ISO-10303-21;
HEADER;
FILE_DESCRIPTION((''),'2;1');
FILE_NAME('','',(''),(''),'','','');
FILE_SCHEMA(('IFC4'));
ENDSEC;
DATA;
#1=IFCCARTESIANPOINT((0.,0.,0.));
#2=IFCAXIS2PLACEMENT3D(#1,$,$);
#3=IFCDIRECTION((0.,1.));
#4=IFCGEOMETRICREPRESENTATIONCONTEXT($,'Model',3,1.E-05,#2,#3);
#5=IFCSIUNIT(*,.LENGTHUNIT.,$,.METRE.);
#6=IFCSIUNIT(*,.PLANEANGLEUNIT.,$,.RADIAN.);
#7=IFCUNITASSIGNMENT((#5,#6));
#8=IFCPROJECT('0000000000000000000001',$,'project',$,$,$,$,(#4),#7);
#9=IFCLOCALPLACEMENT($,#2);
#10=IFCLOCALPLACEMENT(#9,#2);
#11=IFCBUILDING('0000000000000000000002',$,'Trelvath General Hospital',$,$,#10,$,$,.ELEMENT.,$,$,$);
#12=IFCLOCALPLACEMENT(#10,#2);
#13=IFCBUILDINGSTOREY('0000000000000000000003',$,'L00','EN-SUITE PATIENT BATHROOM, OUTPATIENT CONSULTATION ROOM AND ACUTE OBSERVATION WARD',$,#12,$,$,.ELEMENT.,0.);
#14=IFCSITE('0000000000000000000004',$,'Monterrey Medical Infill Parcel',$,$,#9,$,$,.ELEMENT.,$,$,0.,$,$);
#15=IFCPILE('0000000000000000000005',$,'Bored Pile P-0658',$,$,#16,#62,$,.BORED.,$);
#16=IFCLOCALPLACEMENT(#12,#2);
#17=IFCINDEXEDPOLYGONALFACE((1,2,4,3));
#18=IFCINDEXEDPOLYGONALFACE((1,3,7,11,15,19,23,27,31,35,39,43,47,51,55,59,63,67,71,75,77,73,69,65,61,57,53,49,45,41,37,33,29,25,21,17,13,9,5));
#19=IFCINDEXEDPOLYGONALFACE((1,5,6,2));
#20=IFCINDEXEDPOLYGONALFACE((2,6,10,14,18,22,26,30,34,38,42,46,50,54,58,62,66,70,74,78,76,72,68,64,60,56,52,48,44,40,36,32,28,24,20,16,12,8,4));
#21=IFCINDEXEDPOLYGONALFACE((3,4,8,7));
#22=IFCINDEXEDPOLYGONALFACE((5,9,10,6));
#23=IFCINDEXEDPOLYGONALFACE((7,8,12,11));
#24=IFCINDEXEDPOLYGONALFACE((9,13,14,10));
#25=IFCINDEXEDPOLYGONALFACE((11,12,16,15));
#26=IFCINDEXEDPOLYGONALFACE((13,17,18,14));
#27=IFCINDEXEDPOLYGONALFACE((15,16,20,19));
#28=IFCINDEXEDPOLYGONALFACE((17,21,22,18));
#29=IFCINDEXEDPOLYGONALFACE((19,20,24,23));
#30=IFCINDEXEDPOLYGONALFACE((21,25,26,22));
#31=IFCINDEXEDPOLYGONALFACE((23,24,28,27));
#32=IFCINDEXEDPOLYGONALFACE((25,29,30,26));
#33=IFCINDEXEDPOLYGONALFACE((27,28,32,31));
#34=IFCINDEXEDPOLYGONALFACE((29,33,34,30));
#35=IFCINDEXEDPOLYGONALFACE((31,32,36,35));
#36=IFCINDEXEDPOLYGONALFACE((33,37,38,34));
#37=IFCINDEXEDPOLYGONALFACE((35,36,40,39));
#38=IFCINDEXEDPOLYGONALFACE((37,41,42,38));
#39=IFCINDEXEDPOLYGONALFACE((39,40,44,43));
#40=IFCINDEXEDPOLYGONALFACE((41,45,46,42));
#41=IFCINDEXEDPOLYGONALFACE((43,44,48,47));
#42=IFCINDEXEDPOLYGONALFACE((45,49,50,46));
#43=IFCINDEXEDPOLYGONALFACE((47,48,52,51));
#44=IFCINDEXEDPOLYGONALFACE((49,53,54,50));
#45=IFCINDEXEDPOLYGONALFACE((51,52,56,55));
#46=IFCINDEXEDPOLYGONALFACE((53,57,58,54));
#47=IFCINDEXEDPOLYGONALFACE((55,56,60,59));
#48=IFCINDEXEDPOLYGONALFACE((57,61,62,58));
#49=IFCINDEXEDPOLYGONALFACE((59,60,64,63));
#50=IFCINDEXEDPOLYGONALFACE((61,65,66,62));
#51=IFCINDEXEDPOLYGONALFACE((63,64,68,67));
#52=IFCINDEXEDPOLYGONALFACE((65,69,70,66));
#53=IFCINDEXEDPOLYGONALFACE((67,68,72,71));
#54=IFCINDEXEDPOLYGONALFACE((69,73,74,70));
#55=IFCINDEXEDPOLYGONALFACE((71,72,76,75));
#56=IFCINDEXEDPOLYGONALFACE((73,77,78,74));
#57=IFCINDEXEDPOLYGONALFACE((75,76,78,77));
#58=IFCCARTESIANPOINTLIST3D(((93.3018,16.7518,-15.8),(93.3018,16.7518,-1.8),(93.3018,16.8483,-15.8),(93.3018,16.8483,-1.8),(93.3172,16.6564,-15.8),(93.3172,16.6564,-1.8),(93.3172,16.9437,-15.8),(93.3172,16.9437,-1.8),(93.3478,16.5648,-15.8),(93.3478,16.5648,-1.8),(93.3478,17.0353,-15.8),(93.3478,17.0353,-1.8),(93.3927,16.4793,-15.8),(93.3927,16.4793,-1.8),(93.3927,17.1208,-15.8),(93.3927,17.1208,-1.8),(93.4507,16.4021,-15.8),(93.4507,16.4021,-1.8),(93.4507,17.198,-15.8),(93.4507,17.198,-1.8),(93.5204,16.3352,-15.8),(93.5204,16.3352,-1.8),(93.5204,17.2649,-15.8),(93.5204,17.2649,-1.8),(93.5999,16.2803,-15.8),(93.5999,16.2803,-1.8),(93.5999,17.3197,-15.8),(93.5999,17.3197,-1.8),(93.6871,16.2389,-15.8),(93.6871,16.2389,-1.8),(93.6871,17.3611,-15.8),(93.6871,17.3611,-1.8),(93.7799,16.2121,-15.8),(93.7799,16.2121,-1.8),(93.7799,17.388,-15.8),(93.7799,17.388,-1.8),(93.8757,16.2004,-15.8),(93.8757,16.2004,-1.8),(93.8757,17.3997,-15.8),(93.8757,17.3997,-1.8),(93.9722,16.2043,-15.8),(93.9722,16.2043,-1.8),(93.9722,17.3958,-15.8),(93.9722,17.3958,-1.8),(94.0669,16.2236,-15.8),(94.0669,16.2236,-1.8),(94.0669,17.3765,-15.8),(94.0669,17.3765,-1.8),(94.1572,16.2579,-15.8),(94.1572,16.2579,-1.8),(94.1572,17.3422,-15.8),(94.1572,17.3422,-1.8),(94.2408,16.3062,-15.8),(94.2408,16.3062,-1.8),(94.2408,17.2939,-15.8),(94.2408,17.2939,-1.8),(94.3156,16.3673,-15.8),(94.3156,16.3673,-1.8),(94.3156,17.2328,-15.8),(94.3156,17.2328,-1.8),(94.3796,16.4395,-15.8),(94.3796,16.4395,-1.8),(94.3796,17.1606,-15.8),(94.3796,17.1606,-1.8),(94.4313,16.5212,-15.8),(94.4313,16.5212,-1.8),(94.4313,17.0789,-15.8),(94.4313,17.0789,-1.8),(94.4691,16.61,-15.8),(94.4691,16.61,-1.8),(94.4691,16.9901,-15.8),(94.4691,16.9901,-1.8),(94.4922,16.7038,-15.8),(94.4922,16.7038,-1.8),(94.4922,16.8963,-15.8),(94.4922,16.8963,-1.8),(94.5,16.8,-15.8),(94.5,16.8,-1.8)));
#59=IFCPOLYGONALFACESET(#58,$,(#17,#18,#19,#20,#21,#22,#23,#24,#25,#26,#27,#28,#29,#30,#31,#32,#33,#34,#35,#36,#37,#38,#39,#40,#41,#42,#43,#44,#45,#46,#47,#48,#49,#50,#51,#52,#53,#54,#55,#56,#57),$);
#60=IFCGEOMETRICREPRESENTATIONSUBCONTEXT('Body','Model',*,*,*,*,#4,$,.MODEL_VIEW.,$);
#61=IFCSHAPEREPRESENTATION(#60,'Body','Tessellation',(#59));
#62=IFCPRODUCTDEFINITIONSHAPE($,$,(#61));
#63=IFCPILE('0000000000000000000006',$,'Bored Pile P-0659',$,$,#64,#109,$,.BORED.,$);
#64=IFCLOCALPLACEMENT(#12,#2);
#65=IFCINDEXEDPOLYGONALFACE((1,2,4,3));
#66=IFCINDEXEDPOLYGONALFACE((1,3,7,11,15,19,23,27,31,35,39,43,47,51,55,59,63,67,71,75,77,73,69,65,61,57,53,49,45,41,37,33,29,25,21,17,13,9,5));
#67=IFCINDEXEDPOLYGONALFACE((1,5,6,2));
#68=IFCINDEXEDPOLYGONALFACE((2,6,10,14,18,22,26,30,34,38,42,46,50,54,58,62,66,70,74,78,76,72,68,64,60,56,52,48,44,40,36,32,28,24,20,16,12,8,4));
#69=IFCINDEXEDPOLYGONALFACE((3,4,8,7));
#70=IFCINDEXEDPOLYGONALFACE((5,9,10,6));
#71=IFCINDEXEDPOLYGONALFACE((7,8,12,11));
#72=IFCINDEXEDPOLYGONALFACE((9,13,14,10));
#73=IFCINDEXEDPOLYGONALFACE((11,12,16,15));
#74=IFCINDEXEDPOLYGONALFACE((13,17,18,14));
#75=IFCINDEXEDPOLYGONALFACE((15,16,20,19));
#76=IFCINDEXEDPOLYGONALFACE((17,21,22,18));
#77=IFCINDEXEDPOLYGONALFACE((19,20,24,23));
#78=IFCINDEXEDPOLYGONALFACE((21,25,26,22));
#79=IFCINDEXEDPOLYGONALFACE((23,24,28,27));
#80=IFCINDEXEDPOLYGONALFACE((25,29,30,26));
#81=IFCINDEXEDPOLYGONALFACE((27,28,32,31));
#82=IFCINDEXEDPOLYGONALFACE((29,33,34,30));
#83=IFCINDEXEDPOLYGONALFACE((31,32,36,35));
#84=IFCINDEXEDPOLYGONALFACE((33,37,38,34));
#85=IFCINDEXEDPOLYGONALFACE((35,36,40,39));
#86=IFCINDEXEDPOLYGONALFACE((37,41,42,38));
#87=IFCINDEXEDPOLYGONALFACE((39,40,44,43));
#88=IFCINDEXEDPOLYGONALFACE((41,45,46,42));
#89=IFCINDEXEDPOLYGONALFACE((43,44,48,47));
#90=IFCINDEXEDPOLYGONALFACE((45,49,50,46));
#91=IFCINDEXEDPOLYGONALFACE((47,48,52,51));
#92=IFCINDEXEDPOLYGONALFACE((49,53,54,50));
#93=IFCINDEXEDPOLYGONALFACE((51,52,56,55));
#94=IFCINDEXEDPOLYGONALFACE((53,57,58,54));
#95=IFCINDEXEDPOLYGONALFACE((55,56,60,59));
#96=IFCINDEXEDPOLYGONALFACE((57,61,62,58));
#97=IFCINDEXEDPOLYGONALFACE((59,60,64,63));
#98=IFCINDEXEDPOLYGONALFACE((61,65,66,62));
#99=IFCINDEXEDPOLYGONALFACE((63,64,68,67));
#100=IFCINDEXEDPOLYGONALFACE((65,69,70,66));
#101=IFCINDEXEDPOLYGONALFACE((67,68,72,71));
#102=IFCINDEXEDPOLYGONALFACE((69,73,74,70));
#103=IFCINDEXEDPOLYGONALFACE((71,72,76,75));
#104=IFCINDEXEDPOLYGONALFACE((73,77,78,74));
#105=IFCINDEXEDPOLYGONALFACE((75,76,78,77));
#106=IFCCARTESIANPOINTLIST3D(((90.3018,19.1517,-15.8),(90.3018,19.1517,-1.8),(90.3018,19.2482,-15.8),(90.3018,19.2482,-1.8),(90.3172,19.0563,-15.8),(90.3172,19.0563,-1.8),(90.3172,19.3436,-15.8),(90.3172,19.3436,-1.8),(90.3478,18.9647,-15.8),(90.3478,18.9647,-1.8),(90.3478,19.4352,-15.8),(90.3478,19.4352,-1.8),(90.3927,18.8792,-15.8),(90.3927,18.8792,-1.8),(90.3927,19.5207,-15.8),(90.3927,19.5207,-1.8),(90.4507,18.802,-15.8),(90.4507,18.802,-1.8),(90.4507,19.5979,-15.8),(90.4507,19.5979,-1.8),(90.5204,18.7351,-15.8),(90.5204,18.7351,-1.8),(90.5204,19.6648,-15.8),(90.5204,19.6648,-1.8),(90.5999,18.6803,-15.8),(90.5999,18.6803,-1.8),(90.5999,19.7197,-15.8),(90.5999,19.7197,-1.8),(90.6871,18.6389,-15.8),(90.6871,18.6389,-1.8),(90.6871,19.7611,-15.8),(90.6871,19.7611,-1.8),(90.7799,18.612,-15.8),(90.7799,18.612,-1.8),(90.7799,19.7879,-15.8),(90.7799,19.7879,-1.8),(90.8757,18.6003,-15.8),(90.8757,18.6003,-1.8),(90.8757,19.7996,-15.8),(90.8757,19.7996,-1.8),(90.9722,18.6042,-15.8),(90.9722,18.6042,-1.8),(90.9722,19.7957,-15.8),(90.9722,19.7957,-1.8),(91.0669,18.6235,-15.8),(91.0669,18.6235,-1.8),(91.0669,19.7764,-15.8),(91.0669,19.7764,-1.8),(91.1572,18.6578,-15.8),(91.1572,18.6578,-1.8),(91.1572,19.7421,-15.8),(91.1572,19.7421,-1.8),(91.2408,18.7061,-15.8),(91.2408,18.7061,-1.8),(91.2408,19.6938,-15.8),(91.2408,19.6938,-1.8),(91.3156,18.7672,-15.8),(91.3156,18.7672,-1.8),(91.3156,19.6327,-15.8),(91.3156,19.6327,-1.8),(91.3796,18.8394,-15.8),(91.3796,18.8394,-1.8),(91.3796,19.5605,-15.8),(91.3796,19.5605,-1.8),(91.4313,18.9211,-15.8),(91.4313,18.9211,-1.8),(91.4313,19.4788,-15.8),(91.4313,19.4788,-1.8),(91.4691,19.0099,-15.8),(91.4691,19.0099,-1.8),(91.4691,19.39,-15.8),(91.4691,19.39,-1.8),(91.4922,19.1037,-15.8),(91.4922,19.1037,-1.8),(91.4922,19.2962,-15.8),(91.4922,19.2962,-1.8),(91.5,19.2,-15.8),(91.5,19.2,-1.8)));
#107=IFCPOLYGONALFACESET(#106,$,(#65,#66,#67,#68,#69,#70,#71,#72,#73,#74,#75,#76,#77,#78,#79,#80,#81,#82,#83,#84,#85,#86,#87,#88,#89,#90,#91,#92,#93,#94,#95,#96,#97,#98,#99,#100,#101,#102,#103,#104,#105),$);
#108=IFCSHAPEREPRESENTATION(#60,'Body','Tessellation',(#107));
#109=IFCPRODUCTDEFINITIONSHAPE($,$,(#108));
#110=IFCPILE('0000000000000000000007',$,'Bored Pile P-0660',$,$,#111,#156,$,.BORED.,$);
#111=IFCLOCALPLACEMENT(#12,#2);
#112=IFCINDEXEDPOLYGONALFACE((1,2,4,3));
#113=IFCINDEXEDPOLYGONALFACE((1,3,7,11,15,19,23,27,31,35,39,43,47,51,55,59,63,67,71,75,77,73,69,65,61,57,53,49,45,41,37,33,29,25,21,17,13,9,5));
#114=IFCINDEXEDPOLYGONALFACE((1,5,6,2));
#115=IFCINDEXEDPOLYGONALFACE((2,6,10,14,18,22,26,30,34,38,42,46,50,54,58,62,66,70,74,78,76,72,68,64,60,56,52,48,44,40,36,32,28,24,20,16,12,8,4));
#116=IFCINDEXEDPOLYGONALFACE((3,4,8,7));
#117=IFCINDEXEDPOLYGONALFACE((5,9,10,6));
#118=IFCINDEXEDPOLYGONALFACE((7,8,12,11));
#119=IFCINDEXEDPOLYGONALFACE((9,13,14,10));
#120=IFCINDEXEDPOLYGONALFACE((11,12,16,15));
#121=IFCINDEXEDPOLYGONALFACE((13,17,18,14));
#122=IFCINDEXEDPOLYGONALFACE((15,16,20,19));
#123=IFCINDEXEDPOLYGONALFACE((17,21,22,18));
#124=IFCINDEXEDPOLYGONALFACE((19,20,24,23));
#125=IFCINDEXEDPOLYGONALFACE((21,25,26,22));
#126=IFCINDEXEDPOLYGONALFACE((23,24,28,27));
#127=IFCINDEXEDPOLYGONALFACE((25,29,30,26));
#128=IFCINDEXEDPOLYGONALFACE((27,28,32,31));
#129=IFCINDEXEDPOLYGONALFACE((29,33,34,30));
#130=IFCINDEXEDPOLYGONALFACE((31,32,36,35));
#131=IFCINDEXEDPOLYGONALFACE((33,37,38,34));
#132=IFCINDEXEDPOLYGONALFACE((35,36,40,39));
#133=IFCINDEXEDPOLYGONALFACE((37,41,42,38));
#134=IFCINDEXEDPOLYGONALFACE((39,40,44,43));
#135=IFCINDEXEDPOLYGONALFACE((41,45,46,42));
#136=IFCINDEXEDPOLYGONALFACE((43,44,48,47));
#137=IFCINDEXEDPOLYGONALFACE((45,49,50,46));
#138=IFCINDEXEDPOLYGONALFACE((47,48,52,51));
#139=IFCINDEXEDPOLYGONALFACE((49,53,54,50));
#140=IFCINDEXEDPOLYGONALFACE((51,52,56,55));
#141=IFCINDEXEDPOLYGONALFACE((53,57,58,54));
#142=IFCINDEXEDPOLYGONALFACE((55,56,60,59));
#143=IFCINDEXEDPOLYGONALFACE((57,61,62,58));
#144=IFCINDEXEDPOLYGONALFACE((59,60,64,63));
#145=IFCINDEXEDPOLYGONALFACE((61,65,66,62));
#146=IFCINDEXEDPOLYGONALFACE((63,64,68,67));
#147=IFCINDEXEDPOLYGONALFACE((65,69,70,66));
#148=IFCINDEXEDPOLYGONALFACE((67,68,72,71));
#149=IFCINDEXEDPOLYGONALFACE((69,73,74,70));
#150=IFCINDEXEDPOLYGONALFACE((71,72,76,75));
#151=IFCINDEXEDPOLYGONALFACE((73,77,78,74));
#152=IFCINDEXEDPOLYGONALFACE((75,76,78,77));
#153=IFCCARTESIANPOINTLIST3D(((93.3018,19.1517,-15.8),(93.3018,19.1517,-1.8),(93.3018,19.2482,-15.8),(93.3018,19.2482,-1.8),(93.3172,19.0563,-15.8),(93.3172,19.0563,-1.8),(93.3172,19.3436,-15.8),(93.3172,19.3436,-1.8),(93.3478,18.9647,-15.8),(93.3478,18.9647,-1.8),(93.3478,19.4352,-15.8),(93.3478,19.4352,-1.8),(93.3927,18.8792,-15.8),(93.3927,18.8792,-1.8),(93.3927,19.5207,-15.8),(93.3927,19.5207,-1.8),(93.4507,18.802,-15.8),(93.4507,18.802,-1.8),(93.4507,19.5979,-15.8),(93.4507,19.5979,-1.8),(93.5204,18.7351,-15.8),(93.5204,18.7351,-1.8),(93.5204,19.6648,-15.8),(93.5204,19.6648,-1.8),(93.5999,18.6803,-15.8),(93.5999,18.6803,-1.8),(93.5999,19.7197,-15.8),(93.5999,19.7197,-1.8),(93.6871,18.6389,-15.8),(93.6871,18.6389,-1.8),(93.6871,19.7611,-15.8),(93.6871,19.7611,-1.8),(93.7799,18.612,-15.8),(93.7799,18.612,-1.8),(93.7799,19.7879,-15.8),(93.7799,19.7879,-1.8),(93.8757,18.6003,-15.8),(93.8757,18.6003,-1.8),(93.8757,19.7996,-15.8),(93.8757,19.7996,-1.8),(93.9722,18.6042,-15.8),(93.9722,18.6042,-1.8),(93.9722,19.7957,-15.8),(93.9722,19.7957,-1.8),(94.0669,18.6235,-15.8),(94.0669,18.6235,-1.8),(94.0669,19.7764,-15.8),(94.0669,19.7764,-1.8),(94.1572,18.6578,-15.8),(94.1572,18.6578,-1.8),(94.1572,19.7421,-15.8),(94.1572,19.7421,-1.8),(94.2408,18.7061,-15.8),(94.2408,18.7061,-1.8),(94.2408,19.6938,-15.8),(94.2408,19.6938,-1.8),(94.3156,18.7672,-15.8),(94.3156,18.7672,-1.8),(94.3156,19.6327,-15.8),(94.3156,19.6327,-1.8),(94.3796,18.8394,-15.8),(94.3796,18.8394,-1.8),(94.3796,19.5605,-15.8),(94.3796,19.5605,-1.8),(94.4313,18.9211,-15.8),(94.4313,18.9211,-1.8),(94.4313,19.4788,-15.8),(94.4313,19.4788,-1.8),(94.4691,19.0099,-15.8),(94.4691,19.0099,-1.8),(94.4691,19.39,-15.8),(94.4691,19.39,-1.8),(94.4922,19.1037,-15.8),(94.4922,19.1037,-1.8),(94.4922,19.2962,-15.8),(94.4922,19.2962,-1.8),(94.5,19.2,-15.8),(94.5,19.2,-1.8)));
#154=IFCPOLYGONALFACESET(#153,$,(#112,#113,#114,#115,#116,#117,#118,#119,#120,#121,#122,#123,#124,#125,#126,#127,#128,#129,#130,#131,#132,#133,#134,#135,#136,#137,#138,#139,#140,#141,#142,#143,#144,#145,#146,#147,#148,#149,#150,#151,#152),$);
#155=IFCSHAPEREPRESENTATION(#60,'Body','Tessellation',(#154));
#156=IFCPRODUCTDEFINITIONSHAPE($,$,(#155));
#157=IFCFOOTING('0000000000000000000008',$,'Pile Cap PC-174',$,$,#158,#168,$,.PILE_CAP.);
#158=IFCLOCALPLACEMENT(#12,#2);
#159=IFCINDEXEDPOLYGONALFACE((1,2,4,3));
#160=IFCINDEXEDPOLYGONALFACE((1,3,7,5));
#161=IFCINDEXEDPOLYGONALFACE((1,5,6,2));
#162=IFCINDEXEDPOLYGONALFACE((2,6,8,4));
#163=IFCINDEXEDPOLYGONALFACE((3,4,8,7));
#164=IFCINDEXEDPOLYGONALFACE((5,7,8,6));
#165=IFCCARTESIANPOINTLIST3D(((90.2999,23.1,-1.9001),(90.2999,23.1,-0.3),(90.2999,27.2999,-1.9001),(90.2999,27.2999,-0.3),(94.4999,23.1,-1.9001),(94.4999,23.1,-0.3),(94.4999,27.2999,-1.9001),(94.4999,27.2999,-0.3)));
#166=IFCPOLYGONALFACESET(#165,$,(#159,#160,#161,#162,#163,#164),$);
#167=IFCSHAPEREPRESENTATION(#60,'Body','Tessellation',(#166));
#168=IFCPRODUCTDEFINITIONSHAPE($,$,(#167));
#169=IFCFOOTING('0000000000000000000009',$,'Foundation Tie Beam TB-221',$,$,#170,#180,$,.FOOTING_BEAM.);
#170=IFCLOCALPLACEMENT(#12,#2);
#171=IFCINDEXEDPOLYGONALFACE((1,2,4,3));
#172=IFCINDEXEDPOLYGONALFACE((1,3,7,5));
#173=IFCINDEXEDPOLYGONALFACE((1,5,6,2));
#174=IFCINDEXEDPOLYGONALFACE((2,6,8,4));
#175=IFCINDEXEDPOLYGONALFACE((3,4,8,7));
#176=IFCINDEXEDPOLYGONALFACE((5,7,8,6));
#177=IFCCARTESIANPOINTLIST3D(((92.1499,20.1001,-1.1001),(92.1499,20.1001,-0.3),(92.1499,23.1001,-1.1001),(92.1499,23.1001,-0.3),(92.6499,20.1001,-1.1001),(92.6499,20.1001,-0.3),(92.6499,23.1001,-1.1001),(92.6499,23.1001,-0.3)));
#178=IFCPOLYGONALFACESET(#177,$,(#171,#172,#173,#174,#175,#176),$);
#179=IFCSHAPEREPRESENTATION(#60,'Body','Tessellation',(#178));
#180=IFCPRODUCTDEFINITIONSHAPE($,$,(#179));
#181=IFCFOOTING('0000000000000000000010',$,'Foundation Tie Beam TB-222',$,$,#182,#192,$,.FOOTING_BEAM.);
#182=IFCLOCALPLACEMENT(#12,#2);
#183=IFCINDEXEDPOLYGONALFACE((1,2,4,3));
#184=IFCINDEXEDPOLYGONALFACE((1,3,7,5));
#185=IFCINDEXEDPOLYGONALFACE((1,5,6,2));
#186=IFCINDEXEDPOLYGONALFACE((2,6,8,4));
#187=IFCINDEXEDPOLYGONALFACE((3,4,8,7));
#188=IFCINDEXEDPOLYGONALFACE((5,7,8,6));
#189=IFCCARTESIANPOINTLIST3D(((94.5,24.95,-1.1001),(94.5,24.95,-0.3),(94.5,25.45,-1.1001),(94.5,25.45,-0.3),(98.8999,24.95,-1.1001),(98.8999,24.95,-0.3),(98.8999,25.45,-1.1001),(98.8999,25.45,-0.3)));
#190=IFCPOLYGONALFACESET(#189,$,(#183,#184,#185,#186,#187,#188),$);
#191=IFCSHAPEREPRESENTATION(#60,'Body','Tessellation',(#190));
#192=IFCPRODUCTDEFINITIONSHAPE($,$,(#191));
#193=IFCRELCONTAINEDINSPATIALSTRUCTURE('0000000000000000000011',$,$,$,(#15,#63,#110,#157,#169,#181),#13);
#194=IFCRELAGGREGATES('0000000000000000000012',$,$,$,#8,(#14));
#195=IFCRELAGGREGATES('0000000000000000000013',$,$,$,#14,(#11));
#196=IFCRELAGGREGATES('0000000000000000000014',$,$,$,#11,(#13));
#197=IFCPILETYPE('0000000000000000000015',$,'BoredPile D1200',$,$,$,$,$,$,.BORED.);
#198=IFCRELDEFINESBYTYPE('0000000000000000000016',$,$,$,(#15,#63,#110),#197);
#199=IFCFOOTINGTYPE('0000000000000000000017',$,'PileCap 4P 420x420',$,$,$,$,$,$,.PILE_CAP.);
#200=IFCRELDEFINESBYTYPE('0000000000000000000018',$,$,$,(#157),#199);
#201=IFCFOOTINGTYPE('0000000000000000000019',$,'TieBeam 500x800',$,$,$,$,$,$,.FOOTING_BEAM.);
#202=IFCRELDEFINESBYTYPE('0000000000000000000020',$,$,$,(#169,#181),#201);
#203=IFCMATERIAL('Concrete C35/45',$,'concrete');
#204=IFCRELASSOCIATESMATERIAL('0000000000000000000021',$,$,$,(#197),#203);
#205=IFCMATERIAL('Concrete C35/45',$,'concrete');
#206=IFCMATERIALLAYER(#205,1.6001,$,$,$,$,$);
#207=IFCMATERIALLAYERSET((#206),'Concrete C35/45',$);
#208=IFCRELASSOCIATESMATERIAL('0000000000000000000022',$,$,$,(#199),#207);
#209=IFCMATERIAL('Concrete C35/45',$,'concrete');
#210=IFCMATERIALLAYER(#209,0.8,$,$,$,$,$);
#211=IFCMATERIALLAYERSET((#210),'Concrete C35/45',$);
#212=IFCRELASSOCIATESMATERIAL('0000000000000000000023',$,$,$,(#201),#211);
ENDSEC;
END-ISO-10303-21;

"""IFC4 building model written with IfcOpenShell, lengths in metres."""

from ifc_helpers import new_model, si_unit, direction, frame, origin, origin_2d, place, context, subcontext, project, spatial, rectangle, circle, extrude, material, layer, layer_set, material_profile, profile_set, type_object, element, save


model = new_model("IFC4")

# Units and contexts
model_context = context("Model", 3, precision=1e-05, world=origin(), true_north=direction((0.0, 1.0)))
body_context = subcontext(model_context, "Body", "Model", "MODEL_VIEW")
ifc_project = project(units=[si_unit("LENGTHUNIT", "METRE"), si_unit("PLANEANGLEUNIT", "RADIAN")], contexts=[model_context])

# Site, building, storey
site_placement = place(None, origin())
site = spatial("IfcSite", under=ifc_project, at=site_placement, Name="Monterrey Medical Infill Parcel", CompositionType="ELEMENT", RefElevation=0.0)
building_placement = place(site_placement, origin())
building = spatial("IfcBuilding", under=site, at=building_placement, Name="Trelvath General Hospital", CompositionType="ELEMENT")
storey_placement = place(building_placement, origin())
storey = spatial("IfcBuildingStorey", under=building, at=storey_placement, Name="L00", Description="EN-SUITE PATIENT BATHROOM, OUTPATIENT CONSULTATION ROOM AND ACUTE OBSERVATION WARD", CompositionType="ELEMENT", Elevation=0.0)

# Piles
ifc_material_1 = material(Name="Concrete C35/45", Category="concrete")
ifc_material_profile_1 = material_profile(ifc_material_1, circle(Radius=0.6001, at=origin_2d()), Name="PILE1200")
ifc_profile_set_1 = profile_set([ifc_material_profile_1], Name="Concrete C35/45")
pile_type_1 = type_object("IfcPileType", Name="BoredPile D1200", PredefinedType="BORED", material=ifc_profile_set_1)
for number, where, z_axis, x_axis, name in (
    (1, (93.8999, 16.8, -1.8), (0.0, 0.0, -1.0), (1.0, 0.0, 0.0), "Bored Pile P-0658"),
    (2, (90.8999, 19.2, -1.8), (0.0, 0.0, -1.0), (1.0, 0.0, 0.0), "Bored Pile P-0659"),
    (3, (93.8999, 19.2, -1.8), (0.0, 0.0, -1.0), (1.0, 0.0, 0.0), "Bored Pile P-0660"),
):
    element("IfcPile", number, at=place(storey_placement, frame(where, z_axis=z_axis, x_axis=x_axis)), inside=storey, type_object=pile_type_1, Name=name, PredefinedType="BORED", context=body_context, shape_type="SweptSolid", body=[
        extrude(circle(Radius=0.6001, at=origin_2d()), origin(), (0.0, 0.0, 1.0), 14.0),
    ])

# Footings
ifc_material_2 = material(Name="Concrete C35/45", Category="concrete")
ifc_layer_1 = layer(ifc_material_2, 1.6001)
ifc_layer_set_1 = layer_set([ifc_layer_1], Name="Concrete C35/45")
footing_type_1 = type_object("IfcFootingType", Name="PileCap 4P 420x420", PredefinedType="PILE_CAP", material=ifc_layer_set_1)
footing_1_placement = place(storey_placement, frame((92.3999, 25.2, -1.9001), z_axis=(0.0, 0.0, 1.0), x_axis=(1.0, 0.0, 0.0)))
element("IfcFooting", 4, at=footing_1_placement, inside=storey, type_object=footing_type_1, Name="Pile Cap PC-174", PredefinedType="PILE_CAP", context=body_context, shape_type="SweptSolid", body=[
    extrude(rectangle(XDim=4.2, YDim=4.2, at=origin_2d()), origin(), (0.0, 0.0, 1.0), 1.6001),
])
ifc_material_3 = material(Name="Concrete C35/45", Category="concrete")
ifc_layer_2 = layer(ifc_material_3, 0.8)
ifc_layer_set_2 = layer_set([ifc_layer_2], Name="Concrete C35/45")
footing_type_2 = type_object("IfcFootingType", Name="TieBeam 500x800", PredefinedType="FOOTING_BEAM", material=ifc_layer_set_2)
footing_2_placement = place(storey_placement, frame((92.3999, 21.6001, -1.1001), z_axis=(0.0, 0.0, 1.0), x_axis=(1.0, 0.0, 0.0)))
element("IfcFooting", 5, at=footing_2_placement, inside=storey, type_object=footing_type_2, Name="Foundation Tie Beam TB-221", PredefinedType="FOOTING_BEAM", context=body_context, shape_type="SweptSolid", body=[
    extrude(rectangle(XDim=0.5, YDim=3.0, at=origin_2d()), origin(), (0.0, 0.0, 1.0), 0.8),
])
footing_3_placement = place(storey_placement, frame((96.7, 25.2, -1.1001), z_axis=(0.0, 0.0, 1.0), x_axis=(1.0, 0.0, 0.0)))
element("IfcFooting", 6, at=footing_3_placement, inside=storey, type_object=footing_type_2, Name="Foundation Tie Beam TB-222", PredefinedType="FOOTING_BEAM", context=body_context, shape_type="SweptSolid", body=[
    extrude(rectangle(XDim=4.3999, YDim=0.5, at=origin_2d()), origin(), (0.0, 0.0, 1.0), 0.8),
])

save(model, "model.ifc")
